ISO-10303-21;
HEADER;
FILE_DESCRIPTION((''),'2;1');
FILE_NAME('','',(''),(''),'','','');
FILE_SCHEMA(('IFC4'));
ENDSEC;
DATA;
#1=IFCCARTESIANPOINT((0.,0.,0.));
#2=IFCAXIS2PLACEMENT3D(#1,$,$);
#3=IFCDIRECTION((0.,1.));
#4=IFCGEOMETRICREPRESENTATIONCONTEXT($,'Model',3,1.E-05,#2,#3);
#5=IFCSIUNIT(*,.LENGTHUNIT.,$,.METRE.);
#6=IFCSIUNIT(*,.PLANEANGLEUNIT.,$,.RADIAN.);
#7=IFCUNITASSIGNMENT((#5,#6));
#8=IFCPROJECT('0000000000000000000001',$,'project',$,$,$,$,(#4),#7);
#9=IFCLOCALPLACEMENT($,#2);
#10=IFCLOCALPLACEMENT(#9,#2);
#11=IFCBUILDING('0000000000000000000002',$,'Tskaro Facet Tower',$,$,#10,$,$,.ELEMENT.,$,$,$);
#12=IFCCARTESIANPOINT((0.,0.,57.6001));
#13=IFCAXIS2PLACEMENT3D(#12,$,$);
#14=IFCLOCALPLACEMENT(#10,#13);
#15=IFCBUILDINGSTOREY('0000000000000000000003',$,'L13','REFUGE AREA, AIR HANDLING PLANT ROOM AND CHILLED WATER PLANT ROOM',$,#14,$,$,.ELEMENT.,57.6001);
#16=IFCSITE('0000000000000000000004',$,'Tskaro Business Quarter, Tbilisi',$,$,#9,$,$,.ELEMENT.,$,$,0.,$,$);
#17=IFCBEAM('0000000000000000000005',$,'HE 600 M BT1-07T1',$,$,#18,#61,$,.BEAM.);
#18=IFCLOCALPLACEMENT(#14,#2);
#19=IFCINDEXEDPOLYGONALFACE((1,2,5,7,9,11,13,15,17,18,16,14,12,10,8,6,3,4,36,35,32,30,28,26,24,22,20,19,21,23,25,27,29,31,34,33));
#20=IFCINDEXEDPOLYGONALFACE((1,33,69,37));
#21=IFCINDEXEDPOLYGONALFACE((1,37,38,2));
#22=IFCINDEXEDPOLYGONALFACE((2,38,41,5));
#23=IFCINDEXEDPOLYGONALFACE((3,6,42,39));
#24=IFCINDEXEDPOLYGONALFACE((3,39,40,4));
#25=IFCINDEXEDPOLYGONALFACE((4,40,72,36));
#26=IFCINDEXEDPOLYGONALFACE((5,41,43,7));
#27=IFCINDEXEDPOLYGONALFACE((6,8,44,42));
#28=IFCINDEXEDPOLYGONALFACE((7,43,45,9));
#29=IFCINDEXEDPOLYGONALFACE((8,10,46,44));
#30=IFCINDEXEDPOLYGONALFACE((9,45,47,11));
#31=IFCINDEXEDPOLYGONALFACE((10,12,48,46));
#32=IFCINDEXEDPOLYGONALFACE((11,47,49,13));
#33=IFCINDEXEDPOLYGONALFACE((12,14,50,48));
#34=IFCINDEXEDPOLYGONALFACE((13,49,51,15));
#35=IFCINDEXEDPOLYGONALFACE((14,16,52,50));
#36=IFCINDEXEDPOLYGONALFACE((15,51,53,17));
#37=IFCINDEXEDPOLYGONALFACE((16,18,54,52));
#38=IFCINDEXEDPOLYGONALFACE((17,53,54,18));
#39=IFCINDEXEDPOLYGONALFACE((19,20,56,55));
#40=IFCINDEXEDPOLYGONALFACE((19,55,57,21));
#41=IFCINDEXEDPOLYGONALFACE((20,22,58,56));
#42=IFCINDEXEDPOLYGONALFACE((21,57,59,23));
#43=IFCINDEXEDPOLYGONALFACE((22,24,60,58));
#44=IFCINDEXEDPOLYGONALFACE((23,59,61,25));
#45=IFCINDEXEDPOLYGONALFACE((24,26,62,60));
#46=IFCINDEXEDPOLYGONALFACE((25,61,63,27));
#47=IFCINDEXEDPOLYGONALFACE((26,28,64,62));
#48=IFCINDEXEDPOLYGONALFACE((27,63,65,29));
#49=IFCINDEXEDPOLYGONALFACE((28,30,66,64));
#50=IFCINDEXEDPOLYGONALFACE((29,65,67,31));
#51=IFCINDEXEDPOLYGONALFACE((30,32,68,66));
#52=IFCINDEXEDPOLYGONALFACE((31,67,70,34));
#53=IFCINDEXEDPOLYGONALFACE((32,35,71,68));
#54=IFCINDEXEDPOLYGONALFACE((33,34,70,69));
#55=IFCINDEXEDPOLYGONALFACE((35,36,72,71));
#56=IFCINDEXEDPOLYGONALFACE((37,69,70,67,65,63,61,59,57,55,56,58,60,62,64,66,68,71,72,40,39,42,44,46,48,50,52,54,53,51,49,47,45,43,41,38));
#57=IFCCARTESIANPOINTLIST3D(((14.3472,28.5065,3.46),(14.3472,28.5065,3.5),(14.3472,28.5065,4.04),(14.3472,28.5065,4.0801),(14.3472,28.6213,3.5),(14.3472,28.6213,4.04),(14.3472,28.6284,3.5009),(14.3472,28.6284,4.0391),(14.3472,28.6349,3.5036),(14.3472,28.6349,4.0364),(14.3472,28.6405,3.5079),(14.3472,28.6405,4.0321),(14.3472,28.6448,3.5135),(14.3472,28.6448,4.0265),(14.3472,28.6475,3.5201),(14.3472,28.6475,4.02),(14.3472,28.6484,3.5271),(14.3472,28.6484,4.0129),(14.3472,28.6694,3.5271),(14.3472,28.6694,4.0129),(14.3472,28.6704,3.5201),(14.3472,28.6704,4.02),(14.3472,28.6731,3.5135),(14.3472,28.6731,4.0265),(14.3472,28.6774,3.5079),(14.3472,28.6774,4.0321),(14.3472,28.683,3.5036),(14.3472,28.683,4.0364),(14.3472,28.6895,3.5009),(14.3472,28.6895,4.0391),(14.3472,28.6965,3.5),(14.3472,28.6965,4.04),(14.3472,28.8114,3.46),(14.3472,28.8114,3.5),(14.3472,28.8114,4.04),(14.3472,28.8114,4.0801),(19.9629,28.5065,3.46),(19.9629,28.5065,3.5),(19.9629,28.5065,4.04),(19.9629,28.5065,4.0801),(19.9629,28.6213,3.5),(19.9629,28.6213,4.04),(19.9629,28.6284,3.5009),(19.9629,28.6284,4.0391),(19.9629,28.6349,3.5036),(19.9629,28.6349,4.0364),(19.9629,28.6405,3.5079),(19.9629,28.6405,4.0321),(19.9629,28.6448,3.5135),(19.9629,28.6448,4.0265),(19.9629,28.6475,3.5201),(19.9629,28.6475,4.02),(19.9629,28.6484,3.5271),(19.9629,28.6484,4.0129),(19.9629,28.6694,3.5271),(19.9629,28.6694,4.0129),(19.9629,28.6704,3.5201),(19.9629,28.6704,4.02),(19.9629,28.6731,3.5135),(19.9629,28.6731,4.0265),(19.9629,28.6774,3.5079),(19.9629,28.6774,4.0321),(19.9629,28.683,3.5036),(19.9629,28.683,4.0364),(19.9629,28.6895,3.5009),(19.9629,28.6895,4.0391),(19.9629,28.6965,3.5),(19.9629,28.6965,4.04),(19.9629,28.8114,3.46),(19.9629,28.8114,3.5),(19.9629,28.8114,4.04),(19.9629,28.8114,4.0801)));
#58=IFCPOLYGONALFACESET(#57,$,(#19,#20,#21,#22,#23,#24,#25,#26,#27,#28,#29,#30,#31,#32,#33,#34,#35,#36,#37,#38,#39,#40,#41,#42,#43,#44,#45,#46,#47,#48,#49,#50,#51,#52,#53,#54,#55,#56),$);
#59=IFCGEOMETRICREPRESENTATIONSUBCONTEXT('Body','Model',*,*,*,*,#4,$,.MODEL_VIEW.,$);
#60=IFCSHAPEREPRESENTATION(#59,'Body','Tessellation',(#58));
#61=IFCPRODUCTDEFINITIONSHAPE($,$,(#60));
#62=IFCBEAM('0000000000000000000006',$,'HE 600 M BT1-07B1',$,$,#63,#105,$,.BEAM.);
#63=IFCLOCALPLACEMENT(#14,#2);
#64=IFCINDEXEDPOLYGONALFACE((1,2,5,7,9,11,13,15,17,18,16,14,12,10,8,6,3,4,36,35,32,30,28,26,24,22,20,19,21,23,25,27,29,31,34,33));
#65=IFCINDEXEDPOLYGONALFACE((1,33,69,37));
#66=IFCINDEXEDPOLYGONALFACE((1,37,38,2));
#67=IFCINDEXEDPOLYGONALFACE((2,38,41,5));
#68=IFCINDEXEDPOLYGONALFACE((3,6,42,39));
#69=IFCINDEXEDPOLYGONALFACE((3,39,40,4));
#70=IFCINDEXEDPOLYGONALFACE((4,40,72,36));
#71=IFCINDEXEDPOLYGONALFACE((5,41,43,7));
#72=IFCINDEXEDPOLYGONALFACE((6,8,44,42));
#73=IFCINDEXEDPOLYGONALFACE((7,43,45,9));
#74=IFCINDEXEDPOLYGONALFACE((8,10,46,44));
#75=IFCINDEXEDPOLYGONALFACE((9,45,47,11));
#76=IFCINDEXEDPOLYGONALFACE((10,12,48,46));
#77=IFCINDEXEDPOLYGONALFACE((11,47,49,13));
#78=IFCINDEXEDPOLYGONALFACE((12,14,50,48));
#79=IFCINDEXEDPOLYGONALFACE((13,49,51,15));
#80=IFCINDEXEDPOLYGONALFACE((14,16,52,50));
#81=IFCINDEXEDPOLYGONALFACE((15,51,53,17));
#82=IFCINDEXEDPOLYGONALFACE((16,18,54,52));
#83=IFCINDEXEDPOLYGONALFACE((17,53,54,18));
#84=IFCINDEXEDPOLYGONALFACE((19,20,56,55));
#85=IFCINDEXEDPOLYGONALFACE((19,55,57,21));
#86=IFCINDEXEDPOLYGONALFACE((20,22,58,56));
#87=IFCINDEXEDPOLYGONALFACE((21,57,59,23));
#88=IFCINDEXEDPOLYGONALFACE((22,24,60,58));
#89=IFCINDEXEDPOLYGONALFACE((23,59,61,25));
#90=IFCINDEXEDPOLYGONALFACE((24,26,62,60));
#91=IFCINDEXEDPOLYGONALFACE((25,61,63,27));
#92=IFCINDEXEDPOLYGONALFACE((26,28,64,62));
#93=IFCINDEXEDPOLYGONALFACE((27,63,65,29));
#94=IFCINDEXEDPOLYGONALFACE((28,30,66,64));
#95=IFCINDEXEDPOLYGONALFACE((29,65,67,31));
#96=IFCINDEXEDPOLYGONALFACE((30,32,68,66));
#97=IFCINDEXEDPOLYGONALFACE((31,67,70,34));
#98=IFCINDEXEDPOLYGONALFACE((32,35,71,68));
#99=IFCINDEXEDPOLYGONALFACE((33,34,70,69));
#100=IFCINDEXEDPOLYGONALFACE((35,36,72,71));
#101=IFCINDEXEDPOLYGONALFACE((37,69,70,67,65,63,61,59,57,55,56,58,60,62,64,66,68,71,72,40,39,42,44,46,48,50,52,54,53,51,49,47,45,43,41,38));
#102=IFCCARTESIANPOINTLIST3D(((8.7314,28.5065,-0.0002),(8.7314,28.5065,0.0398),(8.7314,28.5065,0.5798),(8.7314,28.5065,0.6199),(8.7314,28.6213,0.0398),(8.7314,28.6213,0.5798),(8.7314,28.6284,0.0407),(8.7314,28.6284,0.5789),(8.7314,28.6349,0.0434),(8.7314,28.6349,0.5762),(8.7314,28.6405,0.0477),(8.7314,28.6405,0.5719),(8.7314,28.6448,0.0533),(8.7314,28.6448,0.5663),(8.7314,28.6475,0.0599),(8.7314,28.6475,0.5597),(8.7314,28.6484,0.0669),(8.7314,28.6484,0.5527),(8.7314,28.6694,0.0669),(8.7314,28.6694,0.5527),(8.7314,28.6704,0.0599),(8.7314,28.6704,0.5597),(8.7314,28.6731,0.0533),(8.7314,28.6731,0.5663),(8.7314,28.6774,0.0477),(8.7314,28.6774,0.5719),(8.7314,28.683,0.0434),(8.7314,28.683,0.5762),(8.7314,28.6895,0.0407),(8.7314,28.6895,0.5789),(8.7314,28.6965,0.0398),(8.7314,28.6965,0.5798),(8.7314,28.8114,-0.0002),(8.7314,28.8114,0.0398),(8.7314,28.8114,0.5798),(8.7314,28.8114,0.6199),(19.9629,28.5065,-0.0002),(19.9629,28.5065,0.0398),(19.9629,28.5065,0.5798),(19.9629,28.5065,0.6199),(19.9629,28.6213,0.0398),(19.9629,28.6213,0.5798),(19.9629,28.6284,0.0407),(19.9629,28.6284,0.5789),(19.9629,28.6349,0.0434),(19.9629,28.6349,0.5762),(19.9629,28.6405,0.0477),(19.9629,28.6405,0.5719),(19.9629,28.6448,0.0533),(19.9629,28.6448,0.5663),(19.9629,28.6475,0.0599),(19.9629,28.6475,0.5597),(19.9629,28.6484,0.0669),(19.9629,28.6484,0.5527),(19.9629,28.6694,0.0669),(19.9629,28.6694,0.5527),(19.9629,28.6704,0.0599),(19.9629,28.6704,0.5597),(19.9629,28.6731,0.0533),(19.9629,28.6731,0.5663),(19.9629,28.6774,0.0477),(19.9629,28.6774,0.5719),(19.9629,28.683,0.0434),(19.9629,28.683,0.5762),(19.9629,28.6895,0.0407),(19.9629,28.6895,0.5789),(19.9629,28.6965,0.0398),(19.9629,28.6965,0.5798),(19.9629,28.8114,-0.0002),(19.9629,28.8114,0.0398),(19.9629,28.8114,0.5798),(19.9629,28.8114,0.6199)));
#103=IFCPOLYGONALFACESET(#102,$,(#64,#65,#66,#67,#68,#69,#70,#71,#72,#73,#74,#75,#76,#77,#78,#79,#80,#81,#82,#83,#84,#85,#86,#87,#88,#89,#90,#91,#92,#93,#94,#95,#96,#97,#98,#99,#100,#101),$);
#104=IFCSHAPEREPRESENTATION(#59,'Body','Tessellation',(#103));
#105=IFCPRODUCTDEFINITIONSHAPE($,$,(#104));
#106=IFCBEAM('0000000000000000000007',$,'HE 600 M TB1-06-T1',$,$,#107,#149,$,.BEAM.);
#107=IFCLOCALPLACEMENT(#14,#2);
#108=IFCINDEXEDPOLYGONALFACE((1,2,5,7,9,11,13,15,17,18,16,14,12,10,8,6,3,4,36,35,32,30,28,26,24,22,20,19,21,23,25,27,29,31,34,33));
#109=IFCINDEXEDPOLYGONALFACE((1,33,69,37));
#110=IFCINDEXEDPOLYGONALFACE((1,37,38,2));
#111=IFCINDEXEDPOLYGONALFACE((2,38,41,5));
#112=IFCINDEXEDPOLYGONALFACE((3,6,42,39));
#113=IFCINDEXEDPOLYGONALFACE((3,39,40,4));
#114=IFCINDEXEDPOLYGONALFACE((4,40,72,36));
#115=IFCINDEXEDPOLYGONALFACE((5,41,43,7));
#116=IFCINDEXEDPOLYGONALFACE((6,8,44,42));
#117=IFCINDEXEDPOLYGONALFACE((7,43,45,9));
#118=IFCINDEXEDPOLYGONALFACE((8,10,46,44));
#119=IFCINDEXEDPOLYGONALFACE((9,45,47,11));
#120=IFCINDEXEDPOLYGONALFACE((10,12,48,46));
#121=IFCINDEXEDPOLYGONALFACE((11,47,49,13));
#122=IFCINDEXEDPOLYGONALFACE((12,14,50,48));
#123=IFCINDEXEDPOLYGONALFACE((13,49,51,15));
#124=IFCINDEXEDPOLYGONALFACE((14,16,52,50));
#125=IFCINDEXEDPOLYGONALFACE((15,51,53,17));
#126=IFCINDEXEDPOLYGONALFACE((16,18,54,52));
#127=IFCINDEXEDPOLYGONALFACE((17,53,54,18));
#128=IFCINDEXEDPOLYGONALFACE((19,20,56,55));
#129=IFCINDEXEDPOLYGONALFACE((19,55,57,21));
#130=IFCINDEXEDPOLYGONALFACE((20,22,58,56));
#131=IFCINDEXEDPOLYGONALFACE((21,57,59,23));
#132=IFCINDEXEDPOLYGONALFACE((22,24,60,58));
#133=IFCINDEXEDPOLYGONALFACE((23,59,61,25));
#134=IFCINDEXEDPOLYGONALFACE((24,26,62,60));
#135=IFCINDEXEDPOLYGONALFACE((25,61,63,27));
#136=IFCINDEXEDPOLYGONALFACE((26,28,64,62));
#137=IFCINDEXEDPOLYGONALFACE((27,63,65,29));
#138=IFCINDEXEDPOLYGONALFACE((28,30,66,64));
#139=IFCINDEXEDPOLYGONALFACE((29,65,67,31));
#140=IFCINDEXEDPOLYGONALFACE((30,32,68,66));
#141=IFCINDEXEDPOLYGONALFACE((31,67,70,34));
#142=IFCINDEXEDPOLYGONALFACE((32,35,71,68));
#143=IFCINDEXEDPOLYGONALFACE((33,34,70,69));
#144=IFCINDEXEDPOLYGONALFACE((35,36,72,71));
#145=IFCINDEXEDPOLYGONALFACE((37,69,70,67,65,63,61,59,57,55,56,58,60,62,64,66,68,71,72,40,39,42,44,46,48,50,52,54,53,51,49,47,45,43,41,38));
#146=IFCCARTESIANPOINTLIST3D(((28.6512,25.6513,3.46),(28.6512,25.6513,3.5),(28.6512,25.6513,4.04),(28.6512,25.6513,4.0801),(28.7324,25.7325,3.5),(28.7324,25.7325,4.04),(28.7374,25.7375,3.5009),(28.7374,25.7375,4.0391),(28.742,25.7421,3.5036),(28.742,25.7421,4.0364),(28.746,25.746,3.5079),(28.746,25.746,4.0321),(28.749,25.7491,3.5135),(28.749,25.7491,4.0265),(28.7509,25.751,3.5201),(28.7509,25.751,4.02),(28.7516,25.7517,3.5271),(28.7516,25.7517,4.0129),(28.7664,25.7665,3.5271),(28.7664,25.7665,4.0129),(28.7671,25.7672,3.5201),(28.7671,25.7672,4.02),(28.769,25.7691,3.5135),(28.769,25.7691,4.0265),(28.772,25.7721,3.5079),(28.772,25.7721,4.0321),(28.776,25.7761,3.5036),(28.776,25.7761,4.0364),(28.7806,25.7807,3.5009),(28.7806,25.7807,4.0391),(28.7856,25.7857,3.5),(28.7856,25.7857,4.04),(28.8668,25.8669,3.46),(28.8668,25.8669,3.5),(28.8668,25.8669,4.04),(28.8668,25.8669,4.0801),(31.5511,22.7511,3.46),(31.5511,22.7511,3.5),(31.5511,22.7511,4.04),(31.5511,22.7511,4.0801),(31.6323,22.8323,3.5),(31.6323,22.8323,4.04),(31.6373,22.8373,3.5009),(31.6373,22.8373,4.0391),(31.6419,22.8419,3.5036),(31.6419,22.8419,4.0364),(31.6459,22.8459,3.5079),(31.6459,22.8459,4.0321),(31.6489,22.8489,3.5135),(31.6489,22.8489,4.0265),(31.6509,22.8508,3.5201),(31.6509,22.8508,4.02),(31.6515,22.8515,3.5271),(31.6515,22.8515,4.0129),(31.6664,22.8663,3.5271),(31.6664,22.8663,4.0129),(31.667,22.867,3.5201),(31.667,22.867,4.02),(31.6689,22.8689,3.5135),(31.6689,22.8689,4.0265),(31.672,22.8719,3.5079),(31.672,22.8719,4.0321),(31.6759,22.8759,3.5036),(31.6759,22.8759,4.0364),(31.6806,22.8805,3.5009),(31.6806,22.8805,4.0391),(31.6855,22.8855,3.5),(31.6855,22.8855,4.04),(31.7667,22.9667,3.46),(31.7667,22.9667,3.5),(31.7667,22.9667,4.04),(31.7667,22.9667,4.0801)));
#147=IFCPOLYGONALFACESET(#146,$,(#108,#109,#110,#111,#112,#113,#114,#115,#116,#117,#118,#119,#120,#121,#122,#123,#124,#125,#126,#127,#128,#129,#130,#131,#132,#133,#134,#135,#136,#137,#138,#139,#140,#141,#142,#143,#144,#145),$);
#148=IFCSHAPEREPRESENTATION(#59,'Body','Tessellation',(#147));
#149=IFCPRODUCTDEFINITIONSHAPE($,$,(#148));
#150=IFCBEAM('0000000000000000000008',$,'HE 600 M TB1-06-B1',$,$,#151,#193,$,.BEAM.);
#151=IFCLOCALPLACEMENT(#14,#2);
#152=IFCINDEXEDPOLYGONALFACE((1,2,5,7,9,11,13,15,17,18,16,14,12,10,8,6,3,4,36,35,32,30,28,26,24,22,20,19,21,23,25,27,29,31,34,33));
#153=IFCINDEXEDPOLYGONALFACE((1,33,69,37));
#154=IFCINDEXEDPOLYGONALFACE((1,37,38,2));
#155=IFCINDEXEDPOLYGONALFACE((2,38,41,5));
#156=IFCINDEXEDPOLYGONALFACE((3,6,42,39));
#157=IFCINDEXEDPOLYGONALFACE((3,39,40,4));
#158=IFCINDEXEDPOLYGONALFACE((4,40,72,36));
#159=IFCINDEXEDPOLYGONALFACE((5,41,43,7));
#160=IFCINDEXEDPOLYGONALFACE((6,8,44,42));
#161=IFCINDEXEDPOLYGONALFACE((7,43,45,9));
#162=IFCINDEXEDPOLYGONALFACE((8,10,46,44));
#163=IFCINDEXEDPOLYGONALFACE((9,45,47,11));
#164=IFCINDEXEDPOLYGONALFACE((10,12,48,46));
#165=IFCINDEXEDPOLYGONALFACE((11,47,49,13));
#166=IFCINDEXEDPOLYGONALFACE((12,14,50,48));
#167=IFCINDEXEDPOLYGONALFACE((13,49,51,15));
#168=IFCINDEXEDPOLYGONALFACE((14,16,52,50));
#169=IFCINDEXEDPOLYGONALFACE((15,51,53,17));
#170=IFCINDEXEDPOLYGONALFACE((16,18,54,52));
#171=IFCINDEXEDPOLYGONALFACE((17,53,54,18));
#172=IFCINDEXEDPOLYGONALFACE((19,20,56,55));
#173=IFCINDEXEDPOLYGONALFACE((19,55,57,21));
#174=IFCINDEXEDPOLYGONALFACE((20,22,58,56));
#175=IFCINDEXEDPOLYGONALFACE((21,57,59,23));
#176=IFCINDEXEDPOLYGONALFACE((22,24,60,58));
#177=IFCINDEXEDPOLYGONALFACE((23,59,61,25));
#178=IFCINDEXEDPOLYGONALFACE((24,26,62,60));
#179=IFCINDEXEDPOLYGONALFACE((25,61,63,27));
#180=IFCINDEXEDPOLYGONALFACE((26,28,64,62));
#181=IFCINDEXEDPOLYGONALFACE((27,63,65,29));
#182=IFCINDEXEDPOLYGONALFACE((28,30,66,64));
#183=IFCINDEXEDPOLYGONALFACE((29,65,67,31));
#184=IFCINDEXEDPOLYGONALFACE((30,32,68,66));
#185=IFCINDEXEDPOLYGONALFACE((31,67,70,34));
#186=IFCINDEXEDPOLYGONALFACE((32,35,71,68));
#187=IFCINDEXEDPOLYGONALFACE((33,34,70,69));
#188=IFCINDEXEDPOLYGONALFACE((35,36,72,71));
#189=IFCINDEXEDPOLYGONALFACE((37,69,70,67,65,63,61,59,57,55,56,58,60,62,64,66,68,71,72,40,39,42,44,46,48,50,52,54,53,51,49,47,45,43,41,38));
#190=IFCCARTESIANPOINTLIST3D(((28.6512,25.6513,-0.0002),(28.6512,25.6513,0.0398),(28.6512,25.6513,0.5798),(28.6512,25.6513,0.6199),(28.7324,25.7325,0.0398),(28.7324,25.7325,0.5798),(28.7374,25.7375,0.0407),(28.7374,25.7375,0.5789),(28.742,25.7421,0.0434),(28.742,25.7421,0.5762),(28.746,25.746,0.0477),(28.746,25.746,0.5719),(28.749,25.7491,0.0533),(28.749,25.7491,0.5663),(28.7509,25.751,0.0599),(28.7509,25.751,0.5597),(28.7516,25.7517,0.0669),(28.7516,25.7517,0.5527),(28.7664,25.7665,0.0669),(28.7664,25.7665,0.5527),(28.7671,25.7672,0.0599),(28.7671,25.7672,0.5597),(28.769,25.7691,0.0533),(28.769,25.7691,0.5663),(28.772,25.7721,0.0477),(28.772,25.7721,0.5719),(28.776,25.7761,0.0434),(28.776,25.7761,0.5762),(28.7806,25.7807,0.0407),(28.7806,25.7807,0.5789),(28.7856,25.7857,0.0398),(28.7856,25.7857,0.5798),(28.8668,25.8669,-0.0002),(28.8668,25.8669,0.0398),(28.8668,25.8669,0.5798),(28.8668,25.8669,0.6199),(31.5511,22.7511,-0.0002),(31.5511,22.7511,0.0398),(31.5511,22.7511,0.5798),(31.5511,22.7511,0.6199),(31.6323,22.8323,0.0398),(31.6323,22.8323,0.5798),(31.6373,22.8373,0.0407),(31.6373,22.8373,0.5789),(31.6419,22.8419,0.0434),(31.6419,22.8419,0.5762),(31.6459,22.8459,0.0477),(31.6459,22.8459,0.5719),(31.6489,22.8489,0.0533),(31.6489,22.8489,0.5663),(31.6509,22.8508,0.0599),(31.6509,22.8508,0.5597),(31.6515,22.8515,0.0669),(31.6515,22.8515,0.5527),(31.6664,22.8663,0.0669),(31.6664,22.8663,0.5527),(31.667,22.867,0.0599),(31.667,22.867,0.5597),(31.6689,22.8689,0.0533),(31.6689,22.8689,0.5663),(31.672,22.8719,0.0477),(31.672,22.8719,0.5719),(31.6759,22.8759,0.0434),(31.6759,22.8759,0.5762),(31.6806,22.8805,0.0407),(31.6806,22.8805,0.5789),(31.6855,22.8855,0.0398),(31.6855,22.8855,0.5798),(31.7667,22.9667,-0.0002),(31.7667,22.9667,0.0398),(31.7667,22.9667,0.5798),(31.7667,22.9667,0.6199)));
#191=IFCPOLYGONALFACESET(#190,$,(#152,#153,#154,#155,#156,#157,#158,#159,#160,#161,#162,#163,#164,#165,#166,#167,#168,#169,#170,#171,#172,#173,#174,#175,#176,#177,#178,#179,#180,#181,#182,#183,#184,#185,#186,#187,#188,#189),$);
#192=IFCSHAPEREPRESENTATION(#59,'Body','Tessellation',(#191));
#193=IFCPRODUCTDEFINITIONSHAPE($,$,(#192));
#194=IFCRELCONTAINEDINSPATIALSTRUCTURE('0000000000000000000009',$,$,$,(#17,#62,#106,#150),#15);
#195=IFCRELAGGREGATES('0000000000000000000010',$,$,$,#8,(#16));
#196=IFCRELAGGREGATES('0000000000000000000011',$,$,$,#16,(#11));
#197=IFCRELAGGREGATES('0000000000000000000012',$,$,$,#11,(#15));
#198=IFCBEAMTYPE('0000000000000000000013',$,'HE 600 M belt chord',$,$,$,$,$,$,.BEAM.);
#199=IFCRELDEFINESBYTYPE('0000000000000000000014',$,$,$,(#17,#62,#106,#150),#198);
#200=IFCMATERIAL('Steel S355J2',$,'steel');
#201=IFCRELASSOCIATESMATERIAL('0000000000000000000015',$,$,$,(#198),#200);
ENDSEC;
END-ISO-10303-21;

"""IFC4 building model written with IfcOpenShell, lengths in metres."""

from ifc_helpers import new_model, si_unit, direction, frame, origin, origin_2d, place, context, subcontext, project, spatial, i_section, extrude, material, material_profile, profile_set, type_object, element, save


model = new_model("IFC4")

# Units and contexts
model_context = context("Model", 3, precision=1e-05, world=origin(), true_north=direction((0.0, 1.0)))
body_context = subcontext(model_context, "Body", "Model", "MODEL_VIEW")
ifc_project = project(units=[si_unit("LENGTHUNIT", "METRE"), si_unit("PLANEANGLEUNIT", "RADIAN")], contexts=[model_context])

# Site, building, storey
site_placement = place(None, origin())
site = spatial("IfcSite", under=ifc_project, at=site_placement, Name="Tskaro Business Quarter, Tbilisi", CompositionType="ELEMENT", RefElevation=0.0)
building_placement = place(site_placement, origin())
building = spatial("IfcBuilding", under=site, at=building_placement, Name="Tskaro Facet Tower", CompositionType="ELEMENT")
storey_placement = place(building_placement, frame((0.0, 0.0, 57.6001)))
storey = spatial("IfcBuildingStorey", under=building, at=storey_placement, Name="L13", Description="REFUGE AREA, AIR HANDLING PLANT ROOM AND CHILLED WATER PLANT ROOM", CompositionType="ELEMENT", Elevation=57.6001)

# Shared definitions
ifc_material_1 = material(Name="Steel S355J2", Category="steel")

# Beams
ifc_material_profile_1 = material_profile(ifc_material_1, i_section(OverallWidth=0.3049, OverallDepth=0.6201, WebThickness=0.021, FlangeThickness=0.04, FilletRadius=0.0271, at=origin_2d()), Name="HE 600 M")
ifc_profile_set_1 = profile_set([ifc_material_profile_1], Name="Steel S355J2")
beam_type_1 = type_object("IfcBeamType", Name="HE 600 M belt chord", PredefinedType="BEAM", material=ifc_profile_set_1)
beam_1_placement = place(storey_placement, frame((19.9629, 28.6589, 3.77), z_axis=(-1.0, 0.0, 0.0), x_axis=(0.0, -1.0, 0.0)))
element("IfcBeam", 1, at=beam_1_placement, inside=storey, type_object=beam_type_1, Name="HE 600 M BT1-07T1", PredefinedType="BEAM", context=body_context, shape_type="SweptSolid", body=[
    extrude(i_section(OverallWidth=0.3049, OverallDepth=0.6201, WebThickness=0.021, FlangeThickness=0.04, FilletRadius=0.0271, at=origin_2d()), origin(), (0.0, 0.0, 1.0), 5.6157),
])
beam_2_placement = place(storey_placement, frame((19.9629, 28.6589, 0.3098), z_axis=(-1.0, 0.0, 0.0), x_axis=(0.0, -1.0, 0.0)))
element("IfcBeam", 2, at=beam_2_placement, inside=storey, type_object=beam_type_1, Name="HE 600 M BT1-07B1", PredefinedType="BEAM", context=body_context, shape_type="SweptSolid", body=[
    extrude(i_section(OverallWidth=0.3049, OverallDepth=0.6201, WebThickness=0.021, FlangeThickness=0.04, FilletRadius=0.0271, at=origin_2d()), origin(), (0.0, 0.0, 1.0), 11.2314),
])
for number, where, z_axis, x_axis, name in (
    (3, (31.6589, 22.8589, 3.77), (-0.707077, 0.707137, 0.0), (-0.707137, -0.707077, 0.0), "HE 600 M TB1-06-T1"),
    (4, (31.6589, 22.8589, 0.3098), (-0.707077, 0.707137, 0.0), (-0.707137, -0.707077, 0.0), "HE 600 M TB1-06-B1"),
):
    element("IfcBeam", number, at=place(storey_placement, frame(where, z_axis=z_axis, x_axis=x_axis)), inside=storey, type_object=beam_type_1, Name=name, PredefinedType="BEAM", context=body_context, shape_type="SweptSolid", body=[
        extrude(i_section(OverallWidth=0.3049, OverallDepth=0.6201, WebThickness=0.021, FlangeThickness=0.04, FilletRadius=0.0271, at=origin_2d()), origin(), (0.0, 0.0, 1.0), 4.1013),
    ])

save(model, "model.ifc")
